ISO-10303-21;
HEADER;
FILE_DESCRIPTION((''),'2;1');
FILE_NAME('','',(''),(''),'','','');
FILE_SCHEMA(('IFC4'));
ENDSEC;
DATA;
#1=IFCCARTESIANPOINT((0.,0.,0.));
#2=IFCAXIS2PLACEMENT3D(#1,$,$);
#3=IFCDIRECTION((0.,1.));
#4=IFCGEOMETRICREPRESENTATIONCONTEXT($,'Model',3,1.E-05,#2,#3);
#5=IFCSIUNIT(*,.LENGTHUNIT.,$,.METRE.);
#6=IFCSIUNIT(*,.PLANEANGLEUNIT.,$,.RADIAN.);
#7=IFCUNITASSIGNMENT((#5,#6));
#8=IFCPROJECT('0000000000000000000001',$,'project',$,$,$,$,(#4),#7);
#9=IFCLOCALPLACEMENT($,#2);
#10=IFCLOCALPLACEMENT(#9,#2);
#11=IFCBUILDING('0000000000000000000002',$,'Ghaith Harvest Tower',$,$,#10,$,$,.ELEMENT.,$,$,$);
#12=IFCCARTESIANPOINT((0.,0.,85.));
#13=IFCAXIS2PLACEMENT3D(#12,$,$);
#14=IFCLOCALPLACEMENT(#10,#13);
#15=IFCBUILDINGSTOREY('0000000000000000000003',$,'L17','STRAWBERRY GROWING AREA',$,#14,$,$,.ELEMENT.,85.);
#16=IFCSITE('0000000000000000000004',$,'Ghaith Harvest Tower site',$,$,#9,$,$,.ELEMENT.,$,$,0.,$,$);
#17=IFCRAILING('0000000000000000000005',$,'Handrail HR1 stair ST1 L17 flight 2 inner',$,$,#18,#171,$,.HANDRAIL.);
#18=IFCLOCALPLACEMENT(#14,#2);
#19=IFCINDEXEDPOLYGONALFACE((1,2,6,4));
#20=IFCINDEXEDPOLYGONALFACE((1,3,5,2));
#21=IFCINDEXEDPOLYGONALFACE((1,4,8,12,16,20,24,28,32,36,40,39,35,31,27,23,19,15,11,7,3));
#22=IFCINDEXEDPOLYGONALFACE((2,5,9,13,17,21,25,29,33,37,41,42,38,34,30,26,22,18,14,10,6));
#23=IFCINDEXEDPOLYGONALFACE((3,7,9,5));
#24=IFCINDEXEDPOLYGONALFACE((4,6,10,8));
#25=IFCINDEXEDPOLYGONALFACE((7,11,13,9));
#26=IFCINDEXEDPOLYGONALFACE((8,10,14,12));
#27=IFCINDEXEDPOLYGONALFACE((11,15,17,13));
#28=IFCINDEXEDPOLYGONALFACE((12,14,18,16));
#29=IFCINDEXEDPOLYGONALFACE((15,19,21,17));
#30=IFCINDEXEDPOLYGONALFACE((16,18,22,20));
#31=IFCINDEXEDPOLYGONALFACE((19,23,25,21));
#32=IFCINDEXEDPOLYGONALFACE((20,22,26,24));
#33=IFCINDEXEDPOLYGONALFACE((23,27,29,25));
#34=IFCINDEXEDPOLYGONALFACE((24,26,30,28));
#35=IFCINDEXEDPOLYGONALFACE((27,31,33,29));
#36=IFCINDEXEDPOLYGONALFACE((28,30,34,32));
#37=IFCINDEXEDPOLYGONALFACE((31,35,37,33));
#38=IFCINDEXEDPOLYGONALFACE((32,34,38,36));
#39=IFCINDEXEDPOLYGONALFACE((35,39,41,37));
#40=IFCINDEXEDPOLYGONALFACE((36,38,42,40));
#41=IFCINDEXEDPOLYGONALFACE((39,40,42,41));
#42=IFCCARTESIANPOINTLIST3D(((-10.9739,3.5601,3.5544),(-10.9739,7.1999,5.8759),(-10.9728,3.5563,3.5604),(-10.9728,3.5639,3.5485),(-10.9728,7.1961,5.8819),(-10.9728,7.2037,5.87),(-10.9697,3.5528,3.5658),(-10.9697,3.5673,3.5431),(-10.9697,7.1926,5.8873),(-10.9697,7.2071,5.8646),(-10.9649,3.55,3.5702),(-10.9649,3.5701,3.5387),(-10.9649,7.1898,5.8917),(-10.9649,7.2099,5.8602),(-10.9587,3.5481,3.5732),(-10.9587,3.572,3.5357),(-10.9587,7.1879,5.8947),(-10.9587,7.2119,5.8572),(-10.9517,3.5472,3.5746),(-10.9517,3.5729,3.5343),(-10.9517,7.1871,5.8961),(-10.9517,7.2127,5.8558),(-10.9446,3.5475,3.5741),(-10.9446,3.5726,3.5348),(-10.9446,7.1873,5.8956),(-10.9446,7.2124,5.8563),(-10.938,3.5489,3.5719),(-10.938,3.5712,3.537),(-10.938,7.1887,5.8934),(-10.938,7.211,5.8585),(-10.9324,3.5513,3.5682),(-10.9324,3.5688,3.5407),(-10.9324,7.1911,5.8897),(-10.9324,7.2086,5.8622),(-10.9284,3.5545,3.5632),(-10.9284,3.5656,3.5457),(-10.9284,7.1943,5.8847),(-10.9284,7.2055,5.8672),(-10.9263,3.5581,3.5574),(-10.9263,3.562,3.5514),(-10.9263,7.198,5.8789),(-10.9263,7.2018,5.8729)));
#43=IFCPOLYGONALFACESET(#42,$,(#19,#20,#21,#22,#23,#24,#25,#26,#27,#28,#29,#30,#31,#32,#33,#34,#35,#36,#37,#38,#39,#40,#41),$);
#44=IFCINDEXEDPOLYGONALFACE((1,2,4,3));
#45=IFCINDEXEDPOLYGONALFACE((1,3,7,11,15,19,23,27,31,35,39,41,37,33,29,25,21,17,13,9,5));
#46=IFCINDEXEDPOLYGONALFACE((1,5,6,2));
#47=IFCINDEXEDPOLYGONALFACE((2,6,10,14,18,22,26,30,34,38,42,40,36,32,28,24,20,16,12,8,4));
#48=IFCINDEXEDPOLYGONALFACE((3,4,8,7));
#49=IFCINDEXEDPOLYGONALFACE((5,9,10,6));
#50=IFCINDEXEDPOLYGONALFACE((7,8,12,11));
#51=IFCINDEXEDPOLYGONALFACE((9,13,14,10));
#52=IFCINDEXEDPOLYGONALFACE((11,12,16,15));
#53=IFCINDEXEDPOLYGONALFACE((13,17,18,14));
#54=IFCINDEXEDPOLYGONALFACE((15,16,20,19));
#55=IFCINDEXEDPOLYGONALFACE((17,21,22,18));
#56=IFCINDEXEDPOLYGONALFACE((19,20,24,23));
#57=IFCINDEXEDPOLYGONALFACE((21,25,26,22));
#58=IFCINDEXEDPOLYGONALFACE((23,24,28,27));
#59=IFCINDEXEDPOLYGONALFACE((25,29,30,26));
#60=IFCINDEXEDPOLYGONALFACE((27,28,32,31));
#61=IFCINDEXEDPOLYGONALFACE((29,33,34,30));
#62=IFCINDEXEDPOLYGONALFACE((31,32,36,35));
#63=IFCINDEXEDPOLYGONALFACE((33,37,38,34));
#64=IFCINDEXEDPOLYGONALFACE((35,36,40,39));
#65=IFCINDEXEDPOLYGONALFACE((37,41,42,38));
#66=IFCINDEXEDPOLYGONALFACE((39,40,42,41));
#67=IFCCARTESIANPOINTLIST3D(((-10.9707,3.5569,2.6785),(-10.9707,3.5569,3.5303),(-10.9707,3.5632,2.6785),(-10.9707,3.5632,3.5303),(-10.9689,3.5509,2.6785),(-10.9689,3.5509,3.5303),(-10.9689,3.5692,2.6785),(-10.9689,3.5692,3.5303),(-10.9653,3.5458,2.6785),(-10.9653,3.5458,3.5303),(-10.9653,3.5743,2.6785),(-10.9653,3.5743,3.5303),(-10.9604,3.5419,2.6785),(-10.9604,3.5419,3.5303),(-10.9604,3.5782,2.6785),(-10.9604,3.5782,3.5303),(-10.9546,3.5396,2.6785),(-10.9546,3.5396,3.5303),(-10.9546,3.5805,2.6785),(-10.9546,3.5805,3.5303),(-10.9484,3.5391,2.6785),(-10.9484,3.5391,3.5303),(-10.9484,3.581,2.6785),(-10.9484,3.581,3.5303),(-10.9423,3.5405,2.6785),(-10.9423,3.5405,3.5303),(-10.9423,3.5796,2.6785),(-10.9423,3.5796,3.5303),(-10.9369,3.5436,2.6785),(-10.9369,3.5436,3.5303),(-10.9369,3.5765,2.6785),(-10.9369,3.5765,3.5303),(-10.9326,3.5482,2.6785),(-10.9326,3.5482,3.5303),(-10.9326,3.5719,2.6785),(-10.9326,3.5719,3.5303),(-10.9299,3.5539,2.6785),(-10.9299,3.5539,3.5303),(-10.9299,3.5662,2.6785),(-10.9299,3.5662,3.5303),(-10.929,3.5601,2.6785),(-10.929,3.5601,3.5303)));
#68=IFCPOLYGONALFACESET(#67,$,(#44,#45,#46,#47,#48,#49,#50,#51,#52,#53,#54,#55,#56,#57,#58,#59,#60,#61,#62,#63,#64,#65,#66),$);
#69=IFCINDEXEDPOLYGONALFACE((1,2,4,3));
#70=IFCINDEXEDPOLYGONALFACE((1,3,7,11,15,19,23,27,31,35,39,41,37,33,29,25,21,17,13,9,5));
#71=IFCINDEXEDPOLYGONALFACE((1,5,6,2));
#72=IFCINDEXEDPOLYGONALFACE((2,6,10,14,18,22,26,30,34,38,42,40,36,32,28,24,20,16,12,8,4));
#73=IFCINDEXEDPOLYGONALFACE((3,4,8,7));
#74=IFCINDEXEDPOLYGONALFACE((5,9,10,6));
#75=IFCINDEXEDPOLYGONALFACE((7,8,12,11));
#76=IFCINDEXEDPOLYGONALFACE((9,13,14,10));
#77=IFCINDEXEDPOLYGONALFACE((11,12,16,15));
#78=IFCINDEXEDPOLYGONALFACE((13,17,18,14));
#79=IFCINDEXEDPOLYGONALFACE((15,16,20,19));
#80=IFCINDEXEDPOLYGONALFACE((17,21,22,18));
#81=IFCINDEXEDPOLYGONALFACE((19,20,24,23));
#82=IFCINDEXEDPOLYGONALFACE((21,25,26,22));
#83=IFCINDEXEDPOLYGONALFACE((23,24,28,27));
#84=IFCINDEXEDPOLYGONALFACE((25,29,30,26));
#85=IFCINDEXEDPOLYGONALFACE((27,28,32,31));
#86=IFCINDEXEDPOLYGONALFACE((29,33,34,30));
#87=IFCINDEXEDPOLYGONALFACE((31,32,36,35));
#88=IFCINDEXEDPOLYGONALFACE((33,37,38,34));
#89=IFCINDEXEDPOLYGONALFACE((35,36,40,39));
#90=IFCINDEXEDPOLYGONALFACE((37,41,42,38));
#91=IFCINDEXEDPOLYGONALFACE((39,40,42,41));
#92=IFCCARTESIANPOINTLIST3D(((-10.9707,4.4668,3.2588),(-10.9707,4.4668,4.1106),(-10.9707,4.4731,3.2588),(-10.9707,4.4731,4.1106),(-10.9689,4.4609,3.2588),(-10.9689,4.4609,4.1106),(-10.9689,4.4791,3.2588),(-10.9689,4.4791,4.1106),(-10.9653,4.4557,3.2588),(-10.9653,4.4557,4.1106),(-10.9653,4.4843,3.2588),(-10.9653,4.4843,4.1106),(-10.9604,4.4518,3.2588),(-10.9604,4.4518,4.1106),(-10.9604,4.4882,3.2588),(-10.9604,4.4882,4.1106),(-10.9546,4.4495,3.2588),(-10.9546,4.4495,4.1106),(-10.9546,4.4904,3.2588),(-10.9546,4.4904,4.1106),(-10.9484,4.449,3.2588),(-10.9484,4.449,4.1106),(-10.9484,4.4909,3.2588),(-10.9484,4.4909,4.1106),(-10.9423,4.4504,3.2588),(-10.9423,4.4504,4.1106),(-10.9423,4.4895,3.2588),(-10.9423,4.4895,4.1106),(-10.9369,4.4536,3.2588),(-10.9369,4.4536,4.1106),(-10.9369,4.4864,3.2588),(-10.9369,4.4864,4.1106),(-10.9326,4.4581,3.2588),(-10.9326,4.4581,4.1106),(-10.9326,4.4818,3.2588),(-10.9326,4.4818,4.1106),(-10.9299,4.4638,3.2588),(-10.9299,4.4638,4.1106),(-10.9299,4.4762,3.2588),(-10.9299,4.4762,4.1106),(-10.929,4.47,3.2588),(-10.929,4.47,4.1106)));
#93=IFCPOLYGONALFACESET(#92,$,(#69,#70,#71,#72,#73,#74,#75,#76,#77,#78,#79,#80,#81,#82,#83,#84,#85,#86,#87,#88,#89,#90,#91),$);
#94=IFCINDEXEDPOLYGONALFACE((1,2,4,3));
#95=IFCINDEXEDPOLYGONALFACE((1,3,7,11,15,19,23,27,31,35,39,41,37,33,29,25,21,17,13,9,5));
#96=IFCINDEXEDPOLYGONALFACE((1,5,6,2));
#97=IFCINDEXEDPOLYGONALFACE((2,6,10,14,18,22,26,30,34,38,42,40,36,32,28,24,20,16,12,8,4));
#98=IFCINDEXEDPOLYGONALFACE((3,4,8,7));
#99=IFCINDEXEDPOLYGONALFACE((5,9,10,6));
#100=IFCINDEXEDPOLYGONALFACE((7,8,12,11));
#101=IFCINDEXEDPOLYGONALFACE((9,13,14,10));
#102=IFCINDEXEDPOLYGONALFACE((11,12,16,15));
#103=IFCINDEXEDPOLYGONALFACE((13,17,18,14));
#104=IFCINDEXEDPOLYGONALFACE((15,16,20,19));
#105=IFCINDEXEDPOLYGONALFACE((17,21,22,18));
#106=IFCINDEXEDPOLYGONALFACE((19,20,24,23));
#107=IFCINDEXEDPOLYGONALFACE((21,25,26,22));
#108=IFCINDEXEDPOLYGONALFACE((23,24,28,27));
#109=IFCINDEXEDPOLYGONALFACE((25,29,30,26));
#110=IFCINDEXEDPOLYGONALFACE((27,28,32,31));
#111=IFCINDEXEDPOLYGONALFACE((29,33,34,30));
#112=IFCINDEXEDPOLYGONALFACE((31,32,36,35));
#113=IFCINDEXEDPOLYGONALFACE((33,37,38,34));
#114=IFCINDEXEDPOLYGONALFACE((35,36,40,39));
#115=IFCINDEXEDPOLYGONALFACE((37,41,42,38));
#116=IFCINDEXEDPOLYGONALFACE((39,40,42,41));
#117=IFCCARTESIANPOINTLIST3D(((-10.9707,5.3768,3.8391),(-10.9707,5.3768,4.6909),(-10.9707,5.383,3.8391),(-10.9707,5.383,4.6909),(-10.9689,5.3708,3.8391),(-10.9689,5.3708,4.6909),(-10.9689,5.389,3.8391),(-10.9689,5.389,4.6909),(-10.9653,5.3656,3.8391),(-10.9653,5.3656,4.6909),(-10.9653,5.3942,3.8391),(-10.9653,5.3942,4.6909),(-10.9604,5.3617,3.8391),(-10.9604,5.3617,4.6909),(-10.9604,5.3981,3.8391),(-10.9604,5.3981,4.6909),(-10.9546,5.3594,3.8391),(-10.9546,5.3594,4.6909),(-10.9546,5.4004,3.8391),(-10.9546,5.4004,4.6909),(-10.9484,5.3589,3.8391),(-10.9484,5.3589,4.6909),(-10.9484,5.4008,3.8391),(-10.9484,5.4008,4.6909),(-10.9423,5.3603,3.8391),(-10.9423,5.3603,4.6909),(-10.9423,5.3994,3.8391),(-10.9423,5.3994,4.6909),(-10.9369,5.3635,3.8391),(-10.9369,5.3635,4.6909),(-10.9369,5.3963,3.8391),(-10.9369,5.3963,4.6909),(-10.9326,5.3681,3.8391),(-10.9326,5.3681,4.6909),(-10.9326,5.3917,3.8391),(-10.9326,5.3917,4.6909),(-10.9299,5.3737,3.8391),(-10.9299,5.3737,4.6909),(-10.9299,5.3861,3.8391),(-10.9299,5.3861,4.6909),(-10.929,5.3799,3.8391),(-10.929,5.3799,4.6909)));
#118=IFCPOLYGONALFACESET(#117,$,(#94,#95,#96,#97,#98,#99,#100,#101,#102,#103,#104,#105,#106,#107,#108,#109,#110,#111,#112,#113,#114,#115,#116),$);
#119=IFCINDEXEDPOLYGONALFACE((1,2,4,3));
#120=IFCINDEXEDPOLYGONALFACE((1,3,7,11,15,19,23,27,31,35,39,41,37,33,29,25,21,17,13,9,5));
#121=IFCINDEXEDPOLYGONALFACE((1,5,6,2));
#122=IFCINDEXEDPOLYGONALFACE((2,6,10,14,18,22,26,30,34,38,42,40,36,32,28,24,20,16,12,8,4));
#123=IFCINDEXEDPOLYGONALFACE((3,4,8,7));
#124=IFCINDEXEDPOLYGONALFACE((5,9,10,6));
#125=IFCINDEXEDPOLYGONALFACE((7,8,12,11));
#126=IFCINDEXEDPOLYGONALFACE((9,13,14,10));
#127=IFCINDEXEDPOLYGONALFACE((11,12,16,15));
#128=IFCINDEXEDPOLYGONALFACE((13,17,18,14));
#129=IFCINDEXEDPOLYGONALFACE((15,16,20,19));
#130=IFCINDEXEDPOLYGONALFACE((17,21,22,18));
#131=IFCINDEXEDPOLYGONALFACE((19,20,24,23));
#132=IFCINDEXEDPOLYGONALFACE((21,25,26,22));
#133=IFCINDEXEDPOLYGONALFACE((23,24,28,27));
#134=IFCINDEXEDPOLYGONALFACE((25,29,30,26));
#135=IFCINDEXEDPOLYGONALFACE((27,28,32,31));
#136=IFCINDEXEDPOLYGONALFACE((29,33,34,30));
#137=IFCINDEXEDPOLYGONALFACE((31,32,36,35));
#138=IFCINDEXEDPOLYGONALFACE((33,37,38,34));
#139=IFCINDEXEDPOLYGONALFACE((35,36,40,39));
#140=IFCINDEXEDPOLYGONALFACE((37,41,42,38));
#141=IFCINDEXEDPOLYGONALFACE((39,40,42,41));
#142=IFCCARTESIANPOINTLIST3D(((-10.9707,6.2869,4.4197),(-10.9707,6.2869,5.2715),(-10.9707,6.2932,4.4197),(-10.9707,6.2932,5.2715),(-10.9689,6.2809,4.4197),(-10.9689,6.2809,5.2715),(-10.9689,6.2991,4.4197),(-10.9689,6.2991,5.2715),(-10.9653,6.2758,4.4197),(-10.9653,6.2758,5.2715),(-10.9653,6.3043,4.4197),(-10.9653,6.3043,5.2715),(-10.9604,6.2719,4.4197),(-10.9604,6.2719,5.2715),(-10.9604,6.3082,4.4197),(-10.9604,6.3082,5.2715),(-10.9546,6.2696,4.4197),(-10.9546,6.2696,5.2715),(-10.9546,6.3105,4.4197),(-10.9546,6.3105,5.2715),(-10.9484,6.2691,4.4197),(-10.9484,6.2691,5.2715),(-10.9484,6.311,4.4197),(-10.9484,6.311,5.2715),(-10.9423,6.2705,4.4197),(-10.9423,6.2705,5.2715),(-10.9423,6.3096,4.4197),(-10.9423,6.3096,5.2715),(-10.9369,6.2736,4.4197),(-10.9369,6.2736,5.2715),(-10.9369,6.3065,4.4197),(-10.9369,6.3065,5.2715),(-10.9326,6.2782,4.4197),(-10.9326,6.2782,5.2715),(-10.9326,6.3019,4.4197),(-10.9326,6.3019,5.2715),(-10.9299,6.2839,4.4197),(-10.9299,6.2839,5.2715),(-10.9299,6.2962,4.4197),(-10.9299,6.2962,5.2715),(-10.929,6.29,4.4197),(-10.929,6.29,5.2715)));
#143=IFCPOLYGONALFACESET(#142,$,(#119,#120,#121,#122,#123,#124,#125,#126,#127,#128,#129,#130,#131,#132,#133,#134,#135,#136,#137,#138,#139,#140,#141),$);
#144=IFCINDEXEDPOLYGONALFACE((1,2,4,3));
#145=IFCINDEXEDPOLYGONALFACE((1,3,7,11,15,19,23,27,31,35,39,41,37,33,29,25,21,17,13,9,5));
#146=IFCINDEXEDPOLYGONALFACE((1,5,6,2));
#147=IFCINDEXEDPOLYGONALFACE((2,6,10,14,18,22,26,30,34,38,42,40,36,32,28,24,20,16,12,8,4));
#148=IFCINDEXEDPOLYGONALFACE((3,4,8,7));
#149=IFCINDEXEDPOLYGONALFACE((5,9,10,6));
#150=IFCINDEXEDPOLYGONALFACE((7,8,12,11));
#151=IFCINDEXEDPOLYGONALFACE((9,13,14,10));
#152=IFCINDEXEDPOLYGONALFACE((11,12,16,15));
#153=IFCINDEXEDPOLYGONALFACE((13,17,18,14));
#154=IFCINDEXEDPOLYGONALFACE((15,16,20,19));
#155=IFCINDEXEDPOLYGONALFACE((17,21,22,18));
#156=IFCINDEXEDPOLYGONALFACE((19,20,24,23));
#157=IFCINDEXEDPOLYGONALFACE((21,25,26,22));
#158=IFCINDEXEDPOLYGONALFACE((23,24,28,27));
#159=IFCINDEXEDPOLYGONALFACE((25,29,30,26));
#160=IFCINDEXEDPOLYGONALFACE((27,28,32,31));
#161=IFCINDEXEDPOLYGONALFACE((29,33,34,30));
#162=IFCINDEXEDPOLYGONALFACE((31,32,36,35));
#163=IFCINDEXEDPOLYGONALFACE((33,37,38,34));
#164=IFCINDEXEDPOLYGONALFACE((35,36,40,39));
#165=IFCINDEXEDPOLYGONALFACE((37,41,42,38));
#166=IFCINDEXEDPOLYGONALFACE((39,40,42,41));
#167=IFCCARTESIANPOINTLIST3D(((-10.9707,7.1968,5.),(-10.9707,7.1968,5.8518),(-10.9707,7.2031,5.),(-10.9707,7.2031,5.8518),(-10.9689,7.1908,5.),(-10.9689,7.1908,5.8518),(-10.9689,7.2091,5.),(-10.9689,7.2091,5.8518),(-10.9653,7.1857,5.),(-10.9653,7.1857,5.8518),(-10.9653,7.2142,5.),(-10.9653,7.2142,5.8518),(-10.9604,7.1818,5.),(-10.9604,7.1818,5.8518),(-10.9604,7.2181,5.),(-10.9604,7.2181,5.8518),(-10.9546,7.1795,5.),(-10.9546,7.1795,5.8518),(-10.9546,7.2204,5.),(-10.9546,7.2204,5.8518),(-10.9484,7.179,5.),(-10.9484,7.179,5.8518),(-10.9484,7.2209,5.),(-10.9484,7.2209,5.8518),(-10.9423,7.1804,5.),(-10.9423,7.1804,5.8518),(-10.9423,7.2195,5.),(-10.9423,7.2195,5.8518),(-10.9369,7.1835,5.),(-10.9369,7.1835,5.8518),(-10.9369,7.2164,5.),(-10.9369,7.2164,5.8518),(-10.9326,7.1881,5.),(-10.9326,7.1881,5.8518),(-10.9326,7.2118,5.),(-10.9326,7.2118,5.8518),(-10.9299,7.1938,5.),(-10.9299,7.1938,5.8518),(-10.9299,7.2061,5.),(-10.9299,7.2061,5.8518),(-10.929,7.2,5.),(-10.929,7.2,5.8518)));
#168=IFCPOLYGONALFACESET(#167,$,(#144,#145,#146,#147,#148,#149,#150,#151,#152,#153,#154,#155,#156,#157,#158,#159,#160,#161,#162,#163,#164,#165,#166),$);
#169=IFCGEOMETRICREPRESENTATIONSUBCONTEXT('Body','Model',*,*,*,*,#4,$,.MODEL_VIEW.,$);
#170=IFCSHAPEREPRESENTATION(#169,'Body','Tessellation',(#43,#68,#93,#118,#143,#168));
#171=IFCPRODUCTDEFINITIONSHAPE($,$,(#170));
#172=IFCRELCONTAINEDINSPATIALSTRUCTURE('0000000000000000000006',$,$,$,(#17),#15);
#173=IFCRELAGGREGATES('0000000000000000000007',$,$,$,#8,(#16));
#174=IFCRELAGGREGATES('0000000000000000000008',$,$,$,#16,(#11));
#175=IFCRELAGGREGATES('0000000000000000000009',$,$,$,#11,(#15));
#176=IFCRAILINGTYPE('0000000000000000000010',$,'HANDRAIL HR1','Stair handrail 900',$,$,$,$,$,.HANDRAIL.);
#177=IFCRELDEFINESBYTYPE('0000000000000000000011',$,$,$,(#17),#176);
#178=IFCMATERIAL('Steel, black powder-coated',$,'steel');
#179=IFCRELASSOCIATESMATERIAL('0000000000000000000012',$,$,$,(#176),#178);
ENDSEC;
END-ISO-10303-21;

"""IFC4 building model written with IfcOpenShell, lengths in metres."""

from ifc_helpers import new_model, si_unit, direction, frame, origin, origin_2d, place, context, subcontext, project, spatial, circle, extrude, material, type_object, element, save


model = new_model("IFC4")

# Units and contexts
model_context = context("Model", 3, precision=1e-05, world=origin(), true_north=direction((0.0, 1.0)))
body_context = subcontext(model_context, "Body", "Model", "MODEL_VIEW")
ifc_project = project(units=[si_unit("LENGTHUNIT", "METRE"), si_unit("PLANEANGLEUNIT", "RADIAN")], contexts=[model_context])

# Site, building, storey
site_placement = place(None, origin())
site = spatial("IfcSite", under=ifc_project, at=site_placement, Name="Ghaith Harvest Tower site", CompositionType="ELEMENT", RefElevation=0.0)
building_placement = place(site_placement, origin())
building = spatial("IfcBuilding", under=site, at=building_placement, Name="Ghaith Harvest Tower", CompositionType="ELEMENT")
storey_placement = place(building_placement, frame((0.0, 0.0, 85.0)))
storey = spatial("IfcBuildingStorey", under=building, at=storey_placement, Name="L17", Description="STRAWBERRY GROWING AREA", CompositionType="ELEMENT", Elevation=85.0)

# Railing
ifc_material_1 = material(Name="Steel, black powder-coated", Category="steel")
railing_type = type_object("IfcRailingType", Name="HANDRAIL HR1", Description="Stair handrail 900", PredefinedType="HANDRAIL", material=ifc_material_1)
railing_1_placement = place(storey_placement, frame((-10.95, 3.5601, 2.6785)))
element("IfcRailing", 1, at=railing_1_placement, inside=storey, type_object=railing_type, Name="Handrail HR1 stair ST1 L17 flight 2 inner", PredefinedType="HANDRAIL", context=body_context, shape_type="SweptSolid", body=[
    extrude(circle(Radius=0.0239, at=origin_2d()), frame((0.0, 0.0, 0.876), z_axis=(0.0, 0.843112, 0.537739), x_axis=(-1.0, 0.0, 0.0)), (0.0, 0.0, 1.0), 4.3171),
    extrude(circle(Radius=0.021, at=origin_2d()), origin(), (0.0, 0.0, 1.0), 0.8518),
    extrude(circle(Radius=0.021, at=origin_2d()), frame((0.0, 0.9099, 0.5803)), (0.0, 0.0, 1.0), 0.8518),
    extrude(circle(Radius=0.021, at=origin_2d()), frame((0.0, 1.8198, 1.1606)), (0.0, 0.0, 1.0), 0.8518),
    extrude(circle(Radius=0.021, at=origin_2d()), frame((0.0, 2.73, 1.7412)), (0.0, 0.0, 1.0), 0.8518),
    extrude(circle(Radius=0.021, at=origin_2d()), frame((0.0, 3.6399, 2.3215)), (0.0, 0.0, 1.0), 0.8518),
])

save(model, "model.ifc")
